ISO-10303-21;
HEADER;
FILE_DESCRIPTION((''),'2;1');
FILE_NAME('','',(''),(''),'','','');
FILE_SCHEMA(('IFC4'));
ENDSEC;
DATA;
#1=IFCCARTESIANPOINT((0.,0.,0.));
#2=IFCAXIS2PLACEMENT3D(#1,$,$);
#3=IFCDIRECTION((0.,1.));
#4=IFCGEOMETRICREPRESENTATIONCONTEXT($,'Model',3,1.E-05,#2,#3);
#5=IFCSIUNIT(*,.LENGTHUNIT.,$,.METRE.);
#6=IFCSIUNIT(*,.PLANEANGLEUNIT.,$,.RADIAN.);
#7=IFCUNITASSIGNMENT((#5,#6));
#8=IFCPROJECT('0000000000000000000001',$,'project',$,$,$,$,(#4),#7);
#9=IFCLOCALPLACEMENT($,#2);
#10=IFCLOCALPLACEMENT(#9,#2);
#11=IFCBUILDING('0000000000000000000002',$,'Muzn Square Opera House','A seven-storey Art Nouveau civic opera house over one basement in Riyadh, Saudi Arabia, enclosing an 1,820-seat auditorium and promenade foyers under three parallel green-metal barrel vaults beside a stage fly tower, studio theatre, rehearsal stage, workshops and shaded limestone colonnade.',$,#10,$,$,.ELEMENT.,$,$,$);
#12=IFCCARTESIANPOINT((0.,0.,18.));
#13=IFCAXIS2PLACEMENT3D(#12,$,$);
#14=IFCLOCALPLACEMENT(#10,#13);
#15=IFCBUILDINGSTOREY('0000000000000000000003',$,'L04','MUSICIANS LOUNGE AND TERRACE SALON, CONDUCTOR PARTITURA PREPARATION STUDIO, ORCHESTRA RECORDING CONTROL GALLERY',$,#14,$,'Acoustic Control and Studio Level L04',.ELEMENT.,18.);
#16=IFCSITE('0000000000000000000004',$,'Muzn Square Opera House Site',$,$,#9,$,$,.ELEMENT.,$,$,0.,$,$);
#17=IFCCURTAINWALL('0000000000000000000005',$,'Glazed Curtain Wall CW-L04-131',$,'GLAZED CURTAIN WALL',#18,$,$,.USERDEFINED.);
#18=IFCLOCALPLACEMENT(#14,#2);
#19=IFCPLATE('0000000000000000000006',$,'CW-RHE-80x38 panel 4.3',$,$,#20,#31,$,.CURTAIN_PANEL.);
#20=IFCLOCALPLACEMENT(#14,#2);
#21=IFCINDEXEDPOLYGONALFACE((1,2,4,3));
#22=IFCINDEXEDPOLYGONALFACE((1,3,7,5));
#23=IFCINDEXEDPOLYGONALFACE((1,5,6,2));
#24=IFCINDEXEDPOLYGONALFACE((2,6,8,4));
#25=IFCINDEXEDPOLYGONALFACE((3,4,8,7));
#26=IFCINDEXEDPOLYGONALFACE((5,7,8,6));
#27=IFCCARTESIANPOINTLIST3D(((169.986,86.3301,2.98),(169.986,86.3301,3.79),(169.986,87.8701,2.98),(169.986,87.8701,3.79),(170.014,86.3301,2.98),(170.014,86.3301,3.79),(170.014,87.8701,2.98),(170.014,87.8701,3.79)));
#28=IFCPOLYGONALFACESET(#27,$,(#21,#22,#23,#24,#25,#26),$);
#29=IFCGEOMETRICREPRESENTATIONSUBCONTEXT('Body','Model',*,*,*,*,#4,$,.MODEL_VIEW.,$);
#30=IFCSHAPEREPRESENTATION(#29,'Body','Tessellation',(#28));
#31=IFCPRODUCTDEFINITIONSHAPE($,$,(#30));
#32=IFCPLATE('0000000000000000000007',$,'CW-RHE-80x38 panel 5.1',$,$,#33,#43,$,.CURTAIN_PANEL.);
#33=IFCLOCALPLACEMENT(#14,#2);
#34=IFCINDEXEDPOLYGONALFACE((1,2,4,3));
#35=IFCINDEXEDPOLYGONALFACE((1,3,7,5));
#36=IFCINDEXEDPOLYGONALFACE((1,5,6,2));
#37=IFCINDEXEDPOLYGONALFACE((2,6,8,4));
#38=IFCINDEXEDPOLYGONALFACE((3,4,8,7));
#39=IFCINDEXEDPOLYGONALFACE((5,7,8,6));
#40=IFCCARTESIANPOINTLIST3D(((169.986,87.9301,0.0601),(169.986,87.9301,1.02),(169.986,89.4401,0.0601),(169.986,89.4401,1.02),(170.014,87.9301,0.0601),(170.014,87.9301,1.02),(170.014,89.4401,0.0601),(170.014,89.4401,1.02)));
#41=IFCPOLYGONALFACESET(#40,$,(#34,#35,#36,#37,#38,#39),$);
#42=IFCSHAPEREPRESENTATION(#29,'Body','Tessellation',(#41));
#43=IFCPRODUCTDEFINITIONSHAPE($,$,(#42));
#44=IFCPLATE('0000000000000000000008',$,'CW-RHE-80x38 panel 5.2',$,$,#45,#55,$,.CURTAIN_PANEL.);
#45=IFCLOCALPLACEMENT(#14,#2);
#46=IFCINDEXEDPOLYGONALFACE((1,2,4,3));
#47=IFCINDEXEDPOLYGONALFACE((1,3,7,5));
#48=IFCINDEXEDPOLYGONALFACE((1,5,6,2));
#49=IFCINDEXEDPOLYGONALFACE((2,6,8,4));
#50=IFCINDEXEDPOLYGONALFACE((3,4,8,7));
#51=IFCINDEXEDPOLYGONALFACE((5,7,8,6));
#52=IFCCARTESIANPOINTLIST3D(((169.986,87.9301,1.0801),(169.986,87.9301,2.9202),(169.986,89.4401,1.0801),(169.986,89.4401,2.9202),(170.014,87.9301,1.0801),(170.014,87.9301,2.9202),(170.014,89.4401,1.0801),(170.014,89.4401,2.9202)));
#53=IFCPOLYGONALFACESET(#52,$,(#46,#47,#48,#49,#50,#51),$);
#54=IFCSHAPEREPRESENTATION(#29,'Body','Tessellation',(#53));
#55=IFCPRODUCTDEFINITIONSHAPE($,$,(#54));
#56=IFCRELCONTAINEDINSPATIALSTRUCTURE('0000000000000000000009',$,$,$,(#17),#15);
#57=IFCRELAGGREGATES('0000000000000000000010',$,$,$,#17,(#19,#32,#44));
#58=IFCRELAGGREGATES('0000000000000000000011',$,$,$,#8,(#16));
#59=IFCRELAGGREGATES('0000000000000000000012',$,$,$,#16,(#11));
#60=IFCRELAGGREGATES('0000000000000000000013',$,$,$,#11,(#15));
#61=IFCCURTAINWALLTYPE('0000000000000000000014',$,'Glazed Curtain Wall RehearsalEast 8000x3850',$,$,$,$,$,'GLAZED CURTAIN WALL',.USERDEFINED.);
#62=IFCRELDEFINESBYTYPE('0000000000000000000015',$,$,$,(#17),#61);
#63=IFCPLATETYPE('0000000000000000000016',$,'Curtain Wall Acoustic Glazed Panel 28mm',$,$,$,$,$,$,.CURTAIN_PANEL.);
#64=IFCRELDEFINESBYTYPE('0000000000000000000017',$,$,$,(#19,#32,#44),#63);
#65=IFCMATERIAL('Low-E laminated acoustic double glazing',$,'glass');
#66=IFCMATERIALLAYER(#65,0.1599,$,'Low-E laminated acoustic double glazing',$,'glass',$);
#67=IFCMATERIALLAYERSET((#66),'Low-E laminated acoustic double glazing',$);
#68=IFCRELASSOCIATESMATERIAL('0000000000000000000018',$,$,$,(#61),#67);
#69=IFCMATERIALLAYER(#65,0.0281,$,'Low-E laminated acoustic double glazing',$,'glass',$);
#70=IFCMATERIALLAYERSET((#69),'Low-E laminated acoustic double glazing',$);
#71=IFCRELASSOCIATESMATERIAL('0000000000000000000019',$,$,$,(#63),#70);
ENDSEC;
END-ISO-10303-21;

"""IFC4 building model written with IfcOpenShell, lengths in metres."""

from ifc_helpers import new_model, si_unit, direction, frame, origin, origin_2d, place, context, subcontext, project, spatial, rectangle, extrude, material, layer, layer_set, type_object, element, aggregate, save


model = new_model("IFC4")

# Units and contexts
model_context = context("Model", 3, precision=1e-05, world=origin(), true_north=direction((0.0, 1.0)))
body_context = subcontext(model_context, "Body", "Model", "MODEL_VIEW")
ifc_project = project(units=[si_unit("LENGTHUNIT", "METRE"), si_unit("PLANEANGLEUNIT", "RADIAN")], contexts=[model_context])

# Site, building, storey
site_placement = place(None, origin())
site = spatial("IfcSite", under=ifc_project, at=site_placement, Name="Muzn Square Opera House Site", CompositionType="ELEMENT", RefElevation=0.0)
building_placement = place(site_placement, origin())
building = spatial("IfcBuilding", under=site, at=building_placement, Name="Muzn Square Opera House", Description="A seven-storey Art Nouveau civic opera house over one basement in Riyadh, Saudi Arabia, enclosing an 1,820-seat auditorium and promenade foyers under three parallel green-metal barrel vaults beside a stage fly tower, studio theatre, rehearsal stage, workshops and shaded limestone colonnade.", CompositionType="ELEMENT")
storey_placement = place(building_placement, frame((0.0, 0.0, 18.0)))
storey = spatial("IfcBuildingStorey", under=building, at=storey_placement, Name="L04", Description="MUSICIANS LOUNGE AND TERRACE SALON, CONDUCTOR PARTITURA PREPARATION STUDIO, ORCHESTRA RECORDING CONTROL GALLERY", LongName="Acoustic Control and Studio Level L04", CompositionType="ELEMENT", Elevation=18.0)

# Curtain wall, plates
ifc_material_1 = material(Name="Low-E laminated acoustic double glazing", Category="glass")
ifc_layer_1 = layer(ifc_material_1, 0.1599, Name="Low-E laminated acoustic double glazing", Category="glass")
ifc_layer_set_1 = layer_set([ifc_layer_1], Name="Low-E laminated acoustic double glazing")
curtain_wall_type = type_object("IfcCurtainWallType", Name="Glazed Curtain Wall RehearsalEast 8000x3850", ElementType="GLAZED CURTAIN WALL", PredefinedType="USERDEFINED", material=ifc_layer_set_1)
curtain_wall_placement = place(storey_placement, origin())
curtain_wall = element("IfcCurtainWall", 1, at=curtain_wall_placement, inside=storey, type_object=curtain_wall_type, Name="Glazed Curtain Wall CW-L04-131", ObjectType="GLAZED CURTAIN WALL", PredefinedType="USERDEFINED")
ifc_layer_2 = layer(ifc_material_1, 0.0281, Name="Low-E laminated acoustic double glazing", Category="glass")
ifc_layer_set_2 = layer_set([ifc_layer_2], Name="Low-E laminated acoustic double glazing")
plate_type = type_object("IfcPlateType", Name="Curtain Wall Acoustic Glazed Panel 28mm", PredefinedType="CURTAIN_PANEL", material=ifc_layer_set_2)
plate_1_placement = place(storey_placement, frame((170.0, 87.1001, 2.98), z_axis=(0.0, 0.0, 1.0), x_axis=(0.0, 1.0, 0.0)))
plate_1 = element("IfcPlate", 2, at=plate_1_placement, type_object=plate_type, Name="CW-RHE-80x38 panel 4.3", PredefinedType="CURTAIN_PANEL", context=body_context, shape_type="SweptSolid", body=[
    extrude(rectangle(XDim=1.54, YDim=0.0281, at=origin_2d()), origin(), (0.0, 0.0, 1.0), 0.8101),
])
plate_2_placement = place(storey_placement, frame((170.0, 88.6851, 0.0601), z_axis=(0.0, 0.0, 1.0), x_axis=(0.0, 1.0, 0.0)))
plate_2 = element("IfcPlate", 3, at=plate_2_placement, type_object=plate_type, Name="CW-RHE-80x38 panel 5.1", PredefinedType="CURTAIN_PANEL", context=body_context, shape_type="SweptSolid", body=[
    extrude(rectangle(XDim=1.51, YDim=0.0281, at=origin_2d()), origin(), (0.0, 0.0, 1.0), 0.96),
])
plate_3_placement = place(storey_placement, frame((170.0, 88.6851, 1.0801), z_axis=(0.0, 0.0, 1.0), x_axis=(0.0, 1.0, 0.0)))
plate_3 = element("IfcPlate", 4, at=plate_3_placement, type_object=plate_type, Name="CW-RHE-80x38 panel 5.2", PredefinedType="CURTAIN_PANEL", context=body_context, shape_type="SweptSolid", body=[
    extrude(rectangle(XDim=1.51, YDim=0.0281, at=origin_2d()), origin(), (0.0, 0.0, 1.0), 1.8401),
])
aggregate(curtain_wall, [plate_1, plate_2, plate_3])

save(model, "model.ifc")
